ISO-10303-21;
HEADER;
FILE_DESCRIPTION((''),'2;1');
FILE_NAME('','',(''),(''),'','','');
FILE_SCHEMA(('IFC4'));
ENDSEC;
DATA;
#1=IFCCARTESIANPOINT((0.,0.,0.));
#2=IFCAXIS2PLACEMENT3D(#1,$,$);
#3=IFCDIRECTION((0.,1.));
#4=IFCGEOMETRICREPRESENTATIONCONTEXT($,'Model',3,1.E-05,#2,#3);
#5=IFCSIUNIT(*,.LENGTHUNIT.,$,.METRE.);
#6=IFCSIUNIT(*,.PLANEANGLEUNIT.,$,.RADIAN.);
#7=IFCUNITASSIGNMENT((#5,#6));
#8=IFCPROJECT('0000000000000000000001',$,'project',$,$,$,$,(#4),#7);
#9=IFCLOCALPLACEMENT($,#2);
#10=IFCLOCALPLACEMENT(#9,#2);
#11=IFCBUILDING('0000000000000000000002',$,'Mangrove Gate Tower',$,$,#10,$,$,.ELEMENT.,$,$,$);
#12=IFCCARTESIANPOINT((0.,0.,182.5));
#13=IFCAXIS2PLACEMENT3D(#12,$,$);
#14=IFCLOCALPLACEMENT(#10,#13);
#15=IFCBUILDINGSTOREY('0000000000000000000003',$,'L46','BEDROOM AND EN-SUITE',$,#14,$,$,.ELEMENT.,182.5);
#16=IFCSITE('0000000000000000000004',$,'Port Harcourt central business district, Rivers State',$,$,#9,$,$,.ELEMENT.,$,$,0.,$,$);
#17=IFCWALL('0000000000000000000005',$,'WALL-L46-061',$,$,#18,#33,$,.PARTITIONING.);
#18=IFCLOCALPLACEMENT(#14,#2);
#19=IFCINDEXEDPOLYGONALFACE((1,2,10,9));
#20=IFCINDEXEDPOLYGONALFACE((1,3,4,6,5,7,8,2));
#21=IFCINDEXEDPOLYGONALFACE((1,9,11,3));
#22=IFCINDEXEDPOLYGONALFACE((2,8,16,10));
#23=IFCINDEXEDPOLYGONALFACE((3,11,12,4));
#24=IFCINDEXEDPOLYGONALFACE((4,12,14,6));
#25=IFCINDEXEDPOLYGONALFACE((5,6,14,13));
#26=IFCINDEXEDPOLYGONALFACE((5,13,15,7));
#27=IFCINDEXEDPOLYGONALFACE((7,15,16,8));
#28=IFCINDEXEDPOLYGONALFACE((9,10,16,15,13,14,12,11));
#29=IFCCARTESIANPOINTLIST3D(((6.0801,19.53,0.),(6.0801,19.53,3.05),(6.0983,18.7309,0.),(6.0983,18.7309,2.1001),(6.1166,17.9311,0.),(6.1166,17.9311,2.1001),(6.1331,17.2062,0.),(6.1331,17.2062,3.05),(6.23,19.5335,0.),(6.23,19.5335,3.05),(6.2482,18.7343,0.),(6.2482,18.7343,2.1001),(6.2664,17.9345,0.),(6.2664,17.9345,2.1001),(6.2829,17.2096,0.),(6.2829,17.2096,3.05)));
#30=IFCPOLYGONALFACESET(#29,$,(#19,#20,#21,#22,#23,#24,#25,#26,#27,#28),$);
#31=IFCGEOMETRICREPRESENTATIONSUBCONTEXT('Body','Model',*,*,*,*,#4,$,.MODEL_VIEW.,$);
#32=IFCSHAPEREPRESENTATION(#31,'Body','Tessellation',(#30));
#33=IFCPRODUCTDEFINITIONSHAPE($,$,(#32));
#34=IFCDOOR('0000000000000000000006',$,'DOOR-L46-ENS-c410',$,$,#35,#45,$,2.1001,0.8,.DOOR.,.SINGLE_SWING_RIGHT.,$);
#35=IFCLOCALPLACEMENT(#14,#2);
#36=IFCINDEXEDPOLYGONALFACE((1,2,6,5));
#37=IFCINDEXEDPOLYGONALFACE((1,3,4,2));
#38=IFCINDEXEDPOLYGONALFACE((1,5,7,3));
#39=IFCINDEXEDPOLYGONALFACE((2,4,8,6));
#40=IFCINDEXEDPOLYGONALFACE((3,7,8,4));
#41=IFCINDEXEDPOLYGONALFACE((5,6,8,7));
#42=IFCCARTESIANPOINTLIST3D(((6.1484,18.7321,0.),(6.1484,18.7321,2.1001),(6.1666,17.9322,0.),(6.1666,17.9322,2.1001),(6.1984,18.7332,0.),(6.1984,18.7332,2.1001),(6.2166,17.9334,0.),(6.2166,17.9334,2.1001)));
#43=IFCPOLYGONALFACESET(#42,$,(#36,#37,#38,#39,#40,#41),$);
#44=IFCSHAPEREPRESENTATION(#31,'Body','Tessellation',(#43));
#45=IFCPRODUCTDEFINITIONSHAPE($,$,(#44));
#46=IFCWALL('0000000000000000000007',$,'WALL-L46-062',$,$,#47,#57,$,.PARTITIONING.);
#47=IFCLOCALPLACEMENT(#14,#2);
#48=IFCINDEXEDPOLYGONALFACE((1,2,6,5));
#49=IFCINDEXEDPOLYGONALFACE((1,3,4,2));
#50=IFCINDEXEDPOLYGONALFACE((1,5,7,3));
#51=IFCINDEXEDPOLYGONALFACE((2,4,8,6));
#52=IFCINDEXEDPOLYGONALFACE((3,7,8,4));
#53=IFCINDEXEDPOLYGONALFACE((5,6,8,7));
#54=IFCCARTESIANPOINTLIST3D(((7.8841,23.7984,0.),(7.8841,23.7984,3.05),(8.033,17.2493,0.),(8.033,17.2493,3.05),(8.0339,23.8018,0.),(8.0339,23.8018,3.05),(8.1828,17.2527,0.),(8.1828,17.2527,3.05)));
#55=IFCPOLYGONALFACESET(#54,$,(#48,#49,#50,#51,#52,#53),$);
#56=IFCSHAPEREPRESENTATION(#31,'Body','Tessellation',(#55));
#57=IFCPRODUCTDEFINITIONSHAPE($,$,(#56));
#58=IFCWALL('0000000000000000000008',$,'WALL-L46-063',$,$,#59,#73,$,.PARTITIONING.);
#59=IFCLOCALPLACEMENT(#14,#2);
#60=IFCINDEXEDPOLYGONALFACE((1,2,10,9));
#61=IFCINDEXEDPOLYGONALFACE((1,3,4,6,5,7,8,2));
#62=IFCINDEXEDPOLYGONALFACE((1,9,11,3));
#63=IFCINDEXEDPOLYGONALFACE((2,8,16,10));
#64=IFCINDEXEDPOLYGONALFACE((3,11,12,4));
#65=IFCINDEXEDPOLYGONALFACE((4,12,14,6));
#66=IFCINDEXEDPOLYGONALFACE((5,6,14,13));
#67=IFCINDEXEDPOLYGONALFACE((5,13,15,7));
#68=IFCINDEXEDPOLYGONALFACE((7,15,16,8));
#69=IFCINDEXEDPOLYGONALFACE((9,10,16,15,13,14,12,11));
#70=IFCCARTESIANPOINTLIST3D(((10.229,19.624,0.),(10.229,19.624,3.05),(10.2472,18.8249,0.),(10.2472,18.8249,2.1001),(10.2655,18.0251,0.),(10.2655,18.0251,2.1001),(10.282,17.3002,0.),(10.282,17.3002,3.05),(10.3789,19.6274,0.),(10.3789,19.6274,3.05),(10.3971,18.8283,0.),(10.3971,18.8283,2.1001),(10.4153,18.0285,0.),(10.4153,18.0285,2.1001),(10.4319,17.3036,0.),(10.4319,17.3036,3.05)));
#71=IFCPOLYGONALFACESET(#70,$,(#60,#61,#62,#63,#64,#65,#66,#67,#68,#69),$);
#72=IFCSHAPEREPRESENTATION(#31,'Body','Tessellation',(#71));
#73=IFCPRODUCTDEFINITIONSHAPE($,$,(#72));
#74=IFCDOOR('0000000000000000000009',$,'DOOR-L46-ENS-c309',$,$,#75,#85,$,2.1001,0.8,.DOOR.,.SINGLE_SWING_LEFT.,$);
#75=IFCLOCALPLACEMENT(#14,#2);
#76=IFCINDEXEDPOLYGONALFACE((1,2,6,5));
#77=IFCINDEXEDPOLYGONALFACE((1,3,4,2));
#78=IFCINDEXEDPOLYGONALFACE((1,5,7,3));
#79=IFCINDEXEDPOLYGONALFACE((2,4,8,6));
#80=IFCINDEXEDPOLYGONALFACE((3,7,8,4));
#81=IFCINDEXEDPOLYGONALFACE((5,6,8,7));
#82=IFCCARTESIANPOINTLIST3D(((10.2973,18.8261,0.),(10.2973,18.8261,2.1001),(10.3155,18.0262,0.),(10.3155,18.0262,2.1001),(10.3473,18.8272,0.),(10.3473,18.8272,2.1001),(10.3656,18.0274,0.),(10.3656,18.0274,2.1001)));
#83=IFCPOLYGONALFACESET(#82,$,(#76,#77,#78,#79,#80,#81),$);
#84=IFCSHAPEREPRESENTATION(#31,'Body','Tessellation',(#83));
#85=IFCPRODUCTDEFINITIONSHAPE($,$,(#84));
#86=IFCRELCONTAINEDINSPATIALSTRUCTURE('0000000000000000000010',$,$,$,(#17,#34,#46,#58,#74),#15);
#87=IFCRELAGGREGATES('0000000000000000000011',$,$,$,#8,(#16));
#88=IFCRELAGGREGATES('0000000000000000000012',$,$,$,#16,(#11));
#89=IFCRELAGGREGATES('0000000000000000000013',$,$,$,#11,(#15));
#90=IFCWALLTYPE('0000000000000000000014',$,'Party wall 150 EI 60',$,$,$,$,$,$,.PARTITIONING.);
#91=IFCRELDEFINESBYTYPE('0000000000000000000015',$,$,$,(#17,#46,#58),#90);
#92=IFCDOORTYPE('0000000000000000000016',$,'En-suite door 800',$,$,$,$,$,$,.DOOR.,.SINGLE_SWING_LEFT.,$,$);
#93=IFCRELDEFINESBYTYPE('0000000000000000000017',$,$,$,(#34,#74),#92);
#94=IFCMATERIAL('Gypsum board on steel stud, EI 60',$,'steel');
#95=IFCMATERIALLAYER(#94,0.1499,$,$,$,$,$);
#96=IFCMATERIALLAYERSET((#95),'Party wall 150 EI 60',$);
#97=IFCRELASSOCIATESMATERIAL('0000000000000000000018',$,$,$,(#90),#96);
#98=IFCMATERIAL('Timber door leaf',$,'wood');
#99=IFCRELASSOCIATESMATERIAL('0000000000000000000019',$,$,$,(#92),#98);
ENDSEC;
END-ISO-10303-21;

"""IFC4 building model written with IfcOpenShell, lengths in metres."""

from ifc_helpers import new_model, si_unit, direction, frame, frame_2d, origin, place, context, subcontext, project, spatial, rectangle, extrude, material, layer, layer_set, type_object, element, fill, save


model = new_model("IFC4")

# Units and contexts
model_context = context("Model", 3, precision=1e-05, world=origin(), true_north=direction((0.0, 1.0)))
body_context = subcontext(model_context, "Body", "Model", "MODEL_VIEW")
ifc_project = project(units=[si_unit("LENGTHUNIT", "METRE"), si_unit("PLANEANGLEUNIT", "RADIAN")], contexts=[model_context])

# Site, building, storey
site_placement = place(None, origin())
site = spatial("IfcSite", under=ifc_project, at=site_placement, Name="Port Harcourt central business district, Rivers State", CompositionType="ELEMENT", RefElevation=0.0)
building_placement = place(site_placement, origin())
building = spatial("IfcBuilding", under=site, at=building_placement, Name="Mangrove Gate Tower", CompositionType="ELEMENT")
storey_placement = place(building_placement, frame((0.0, 0.0, 182.5)))
storey = spatial("IfcBuildingStorey", under=building, at=storey_placement, Name="L46", Description="BEDROOM AND EN-SUITE", CompositionType="ELEMENT", Elevation=182.5)

# Shared definitions
ifc_material_1 = material(Name="Gypsum board on steel stud, EI 60", Category="steel")
ifc_layer_1 = layer(ifc_material_1, 0.1499)
ifc_layer_set_1 = layer_set([ifc_layer_1], Name="Party wall 150 EI 60")
wall_type_1 = type_object("IfcWallType", Name="Party wall 150 EI 60", PredefinedType="PARTITIONING", material=ifc_layer_set_1)
ifc_material_2 = material(Name="Timber door leaf", Category="wood")
door_type_1 = type_object("IfcDoorType", Name="En-suite door 800", OperationType="SINGLE_SWING_LEFT", PredefinedType="DOOR", material=ifc_material_2)

# Wall, opening, door
wall_1_placement = place(storey_placement, frame((6.208, 17.208, 0.0), z_axis=(0.0, 0.0, 1.0), x_axis=(-0.022791, 0.99974, 0.0)))
wall_1 = element("IfcWall", 1, at=wall_1_placement, inside=storey, type_object=wall_type_1, Name="WALL-L46-061", PredefinedType="PARTITIONING", context=body_context, shape_type="SweptSolid", body=[
    extrude(rectangle(XDim=2.3245, YDim=0.1499, at=frame_2d((1.1621, 0.0))), origin(), (0.0, 0.0, 1.0), 3.05),
])
opening_1_placement = place(wall_1_placement, frame((0.7251, 0.0, 0.0)))
opening_1 = element("IfcOpeningElement", 2, at=opening_1_placement, cuts=wall_1, PredefinedType="OPENING", context=body_context, shape_type="SweptSolid", body=[
    extrude(rectangle(XDim=0.8, YDim=2.1001, at=frame_2d((0.3999, 1.05))), frame((0.0, 0.085, 0.0), z_axis=(0.0, -1.0, 0.0), x_axis=(1.0, 0.0, 0.0)), (0.0, 0.0, 1.0), 0.1699),
])
door_1_placement = place(opening_1_placement, origin())
door_1 = element("IfcDoor", 3, at=door_1_placement, inside=storey, type_object=door_type_1, Name="DOOR-L46-ENS-c410", OperationType="SINGLE_SWING_RIGHT", OverallHeight=2.1001, OverallWidth=0.8, PredefinedType="DOOR", context=body_context, shape_type="SweptSolid", body=[
    extrude(rectangle(XDim=0.8, YDim=2.1001, at=frame_2d((0.3999, 1.05))), frame((0.0, 0.0249, 0.0), z_axis=(0.0, -1.0, 0.0), x_axis=(1.0, 0.0, 0.0)), (0.0, 0.0, 1.0), 0.05),
])
fill(opening_1, door_1)

# Wall
wall_2_placement = place(storey_placement, frame((8.1079, 17.251, 0.0), z_axis=(0.0, 0.0, 1.0), x_axis=(-0.022734, 0.999742, 0.0)))
element("IfcWall", 4, at=wall_2_placement, inside=storey, type_object=wall_type_1, Name="WALL-L46-062", PredefinedType="PARTITIONING", context=body_context, shape_type="SweptSolid", body=[
    extrude(rectangle(XDim=6.5508, YDim=0.1499, at=frame_2d((3.2754, 0.0))), origin(), (0.0, 0.0, 1.0), 3.05),
])

# Wall, opening, door
wall_3_placement = place(storey_placement, frame((10.3569, 17.302, 0.0), z_axis=(0.0, 0.0, 1.0), x_axis=(-0.022791, 0.99974, 0.0)))
wall_3 = element("IfcWall", 5, at=wall_3_placement, inside=storey, type_object=wall_type_1, Name="WALL-L46-063", PredefinedType="PARTITIONING", context=body_context, shape_type="SweptSolid", body=[
    extrude(rectangle(XDim=2.3245, YDim=0.1499, at=frame_2d((1.1621, 0.0))), origin(), (0.0, 0.0, 1.0), 3.05),
])
opening_2_placement = place(wall_3_placement, frame((0.7251, 0.0, 0.0)))
opening_2 = element("IfcOpeningElement", 6, at=opening_2_placement, cuts=wall_3, PredefinedType="OPENING", context=body_context, shape_type="SweptSolid", body=[
    extrude(rectangle(XDim=0.8, YDim=2.1001, at=frame_2d((0.3999, 1.05))), frame((0.0, 0.085, 0.0), z_axis=(0.0, -1.0, 0.0), x_axis=(1.0, 0.0, 0.0)), (0.0, 0.0, 1.0), 0.1699),
])
door_2_placement = place(opening_2_placement, origin())
door_2 = element("IfcDoor", 7, at=door_2_placement, inside=storey, type_object=door_type_1, Name="DOOR-L46-ENS-c309", OperationType="SINGLE_SWING_LEFT", OverallHeight=2.1001, OverallWidth=0.8, PredefinedType="DOOR", context=body_context, shape_type="SweptSolid", body=[
    extrude(rectangle(XDim=0.8, YDim=2.1001, at=frame_2d((0.3999, 1.05))), frame((0.0, 0.0249, 0.0), z_axis=(0.0, -1.0, 0.0), x_axis=(1.0, 0.0, 0.0)), (0.0, 0.0, 1.0), 0.05),
])
fill(opening_2, door_2)

save(model, "model.ifc")
